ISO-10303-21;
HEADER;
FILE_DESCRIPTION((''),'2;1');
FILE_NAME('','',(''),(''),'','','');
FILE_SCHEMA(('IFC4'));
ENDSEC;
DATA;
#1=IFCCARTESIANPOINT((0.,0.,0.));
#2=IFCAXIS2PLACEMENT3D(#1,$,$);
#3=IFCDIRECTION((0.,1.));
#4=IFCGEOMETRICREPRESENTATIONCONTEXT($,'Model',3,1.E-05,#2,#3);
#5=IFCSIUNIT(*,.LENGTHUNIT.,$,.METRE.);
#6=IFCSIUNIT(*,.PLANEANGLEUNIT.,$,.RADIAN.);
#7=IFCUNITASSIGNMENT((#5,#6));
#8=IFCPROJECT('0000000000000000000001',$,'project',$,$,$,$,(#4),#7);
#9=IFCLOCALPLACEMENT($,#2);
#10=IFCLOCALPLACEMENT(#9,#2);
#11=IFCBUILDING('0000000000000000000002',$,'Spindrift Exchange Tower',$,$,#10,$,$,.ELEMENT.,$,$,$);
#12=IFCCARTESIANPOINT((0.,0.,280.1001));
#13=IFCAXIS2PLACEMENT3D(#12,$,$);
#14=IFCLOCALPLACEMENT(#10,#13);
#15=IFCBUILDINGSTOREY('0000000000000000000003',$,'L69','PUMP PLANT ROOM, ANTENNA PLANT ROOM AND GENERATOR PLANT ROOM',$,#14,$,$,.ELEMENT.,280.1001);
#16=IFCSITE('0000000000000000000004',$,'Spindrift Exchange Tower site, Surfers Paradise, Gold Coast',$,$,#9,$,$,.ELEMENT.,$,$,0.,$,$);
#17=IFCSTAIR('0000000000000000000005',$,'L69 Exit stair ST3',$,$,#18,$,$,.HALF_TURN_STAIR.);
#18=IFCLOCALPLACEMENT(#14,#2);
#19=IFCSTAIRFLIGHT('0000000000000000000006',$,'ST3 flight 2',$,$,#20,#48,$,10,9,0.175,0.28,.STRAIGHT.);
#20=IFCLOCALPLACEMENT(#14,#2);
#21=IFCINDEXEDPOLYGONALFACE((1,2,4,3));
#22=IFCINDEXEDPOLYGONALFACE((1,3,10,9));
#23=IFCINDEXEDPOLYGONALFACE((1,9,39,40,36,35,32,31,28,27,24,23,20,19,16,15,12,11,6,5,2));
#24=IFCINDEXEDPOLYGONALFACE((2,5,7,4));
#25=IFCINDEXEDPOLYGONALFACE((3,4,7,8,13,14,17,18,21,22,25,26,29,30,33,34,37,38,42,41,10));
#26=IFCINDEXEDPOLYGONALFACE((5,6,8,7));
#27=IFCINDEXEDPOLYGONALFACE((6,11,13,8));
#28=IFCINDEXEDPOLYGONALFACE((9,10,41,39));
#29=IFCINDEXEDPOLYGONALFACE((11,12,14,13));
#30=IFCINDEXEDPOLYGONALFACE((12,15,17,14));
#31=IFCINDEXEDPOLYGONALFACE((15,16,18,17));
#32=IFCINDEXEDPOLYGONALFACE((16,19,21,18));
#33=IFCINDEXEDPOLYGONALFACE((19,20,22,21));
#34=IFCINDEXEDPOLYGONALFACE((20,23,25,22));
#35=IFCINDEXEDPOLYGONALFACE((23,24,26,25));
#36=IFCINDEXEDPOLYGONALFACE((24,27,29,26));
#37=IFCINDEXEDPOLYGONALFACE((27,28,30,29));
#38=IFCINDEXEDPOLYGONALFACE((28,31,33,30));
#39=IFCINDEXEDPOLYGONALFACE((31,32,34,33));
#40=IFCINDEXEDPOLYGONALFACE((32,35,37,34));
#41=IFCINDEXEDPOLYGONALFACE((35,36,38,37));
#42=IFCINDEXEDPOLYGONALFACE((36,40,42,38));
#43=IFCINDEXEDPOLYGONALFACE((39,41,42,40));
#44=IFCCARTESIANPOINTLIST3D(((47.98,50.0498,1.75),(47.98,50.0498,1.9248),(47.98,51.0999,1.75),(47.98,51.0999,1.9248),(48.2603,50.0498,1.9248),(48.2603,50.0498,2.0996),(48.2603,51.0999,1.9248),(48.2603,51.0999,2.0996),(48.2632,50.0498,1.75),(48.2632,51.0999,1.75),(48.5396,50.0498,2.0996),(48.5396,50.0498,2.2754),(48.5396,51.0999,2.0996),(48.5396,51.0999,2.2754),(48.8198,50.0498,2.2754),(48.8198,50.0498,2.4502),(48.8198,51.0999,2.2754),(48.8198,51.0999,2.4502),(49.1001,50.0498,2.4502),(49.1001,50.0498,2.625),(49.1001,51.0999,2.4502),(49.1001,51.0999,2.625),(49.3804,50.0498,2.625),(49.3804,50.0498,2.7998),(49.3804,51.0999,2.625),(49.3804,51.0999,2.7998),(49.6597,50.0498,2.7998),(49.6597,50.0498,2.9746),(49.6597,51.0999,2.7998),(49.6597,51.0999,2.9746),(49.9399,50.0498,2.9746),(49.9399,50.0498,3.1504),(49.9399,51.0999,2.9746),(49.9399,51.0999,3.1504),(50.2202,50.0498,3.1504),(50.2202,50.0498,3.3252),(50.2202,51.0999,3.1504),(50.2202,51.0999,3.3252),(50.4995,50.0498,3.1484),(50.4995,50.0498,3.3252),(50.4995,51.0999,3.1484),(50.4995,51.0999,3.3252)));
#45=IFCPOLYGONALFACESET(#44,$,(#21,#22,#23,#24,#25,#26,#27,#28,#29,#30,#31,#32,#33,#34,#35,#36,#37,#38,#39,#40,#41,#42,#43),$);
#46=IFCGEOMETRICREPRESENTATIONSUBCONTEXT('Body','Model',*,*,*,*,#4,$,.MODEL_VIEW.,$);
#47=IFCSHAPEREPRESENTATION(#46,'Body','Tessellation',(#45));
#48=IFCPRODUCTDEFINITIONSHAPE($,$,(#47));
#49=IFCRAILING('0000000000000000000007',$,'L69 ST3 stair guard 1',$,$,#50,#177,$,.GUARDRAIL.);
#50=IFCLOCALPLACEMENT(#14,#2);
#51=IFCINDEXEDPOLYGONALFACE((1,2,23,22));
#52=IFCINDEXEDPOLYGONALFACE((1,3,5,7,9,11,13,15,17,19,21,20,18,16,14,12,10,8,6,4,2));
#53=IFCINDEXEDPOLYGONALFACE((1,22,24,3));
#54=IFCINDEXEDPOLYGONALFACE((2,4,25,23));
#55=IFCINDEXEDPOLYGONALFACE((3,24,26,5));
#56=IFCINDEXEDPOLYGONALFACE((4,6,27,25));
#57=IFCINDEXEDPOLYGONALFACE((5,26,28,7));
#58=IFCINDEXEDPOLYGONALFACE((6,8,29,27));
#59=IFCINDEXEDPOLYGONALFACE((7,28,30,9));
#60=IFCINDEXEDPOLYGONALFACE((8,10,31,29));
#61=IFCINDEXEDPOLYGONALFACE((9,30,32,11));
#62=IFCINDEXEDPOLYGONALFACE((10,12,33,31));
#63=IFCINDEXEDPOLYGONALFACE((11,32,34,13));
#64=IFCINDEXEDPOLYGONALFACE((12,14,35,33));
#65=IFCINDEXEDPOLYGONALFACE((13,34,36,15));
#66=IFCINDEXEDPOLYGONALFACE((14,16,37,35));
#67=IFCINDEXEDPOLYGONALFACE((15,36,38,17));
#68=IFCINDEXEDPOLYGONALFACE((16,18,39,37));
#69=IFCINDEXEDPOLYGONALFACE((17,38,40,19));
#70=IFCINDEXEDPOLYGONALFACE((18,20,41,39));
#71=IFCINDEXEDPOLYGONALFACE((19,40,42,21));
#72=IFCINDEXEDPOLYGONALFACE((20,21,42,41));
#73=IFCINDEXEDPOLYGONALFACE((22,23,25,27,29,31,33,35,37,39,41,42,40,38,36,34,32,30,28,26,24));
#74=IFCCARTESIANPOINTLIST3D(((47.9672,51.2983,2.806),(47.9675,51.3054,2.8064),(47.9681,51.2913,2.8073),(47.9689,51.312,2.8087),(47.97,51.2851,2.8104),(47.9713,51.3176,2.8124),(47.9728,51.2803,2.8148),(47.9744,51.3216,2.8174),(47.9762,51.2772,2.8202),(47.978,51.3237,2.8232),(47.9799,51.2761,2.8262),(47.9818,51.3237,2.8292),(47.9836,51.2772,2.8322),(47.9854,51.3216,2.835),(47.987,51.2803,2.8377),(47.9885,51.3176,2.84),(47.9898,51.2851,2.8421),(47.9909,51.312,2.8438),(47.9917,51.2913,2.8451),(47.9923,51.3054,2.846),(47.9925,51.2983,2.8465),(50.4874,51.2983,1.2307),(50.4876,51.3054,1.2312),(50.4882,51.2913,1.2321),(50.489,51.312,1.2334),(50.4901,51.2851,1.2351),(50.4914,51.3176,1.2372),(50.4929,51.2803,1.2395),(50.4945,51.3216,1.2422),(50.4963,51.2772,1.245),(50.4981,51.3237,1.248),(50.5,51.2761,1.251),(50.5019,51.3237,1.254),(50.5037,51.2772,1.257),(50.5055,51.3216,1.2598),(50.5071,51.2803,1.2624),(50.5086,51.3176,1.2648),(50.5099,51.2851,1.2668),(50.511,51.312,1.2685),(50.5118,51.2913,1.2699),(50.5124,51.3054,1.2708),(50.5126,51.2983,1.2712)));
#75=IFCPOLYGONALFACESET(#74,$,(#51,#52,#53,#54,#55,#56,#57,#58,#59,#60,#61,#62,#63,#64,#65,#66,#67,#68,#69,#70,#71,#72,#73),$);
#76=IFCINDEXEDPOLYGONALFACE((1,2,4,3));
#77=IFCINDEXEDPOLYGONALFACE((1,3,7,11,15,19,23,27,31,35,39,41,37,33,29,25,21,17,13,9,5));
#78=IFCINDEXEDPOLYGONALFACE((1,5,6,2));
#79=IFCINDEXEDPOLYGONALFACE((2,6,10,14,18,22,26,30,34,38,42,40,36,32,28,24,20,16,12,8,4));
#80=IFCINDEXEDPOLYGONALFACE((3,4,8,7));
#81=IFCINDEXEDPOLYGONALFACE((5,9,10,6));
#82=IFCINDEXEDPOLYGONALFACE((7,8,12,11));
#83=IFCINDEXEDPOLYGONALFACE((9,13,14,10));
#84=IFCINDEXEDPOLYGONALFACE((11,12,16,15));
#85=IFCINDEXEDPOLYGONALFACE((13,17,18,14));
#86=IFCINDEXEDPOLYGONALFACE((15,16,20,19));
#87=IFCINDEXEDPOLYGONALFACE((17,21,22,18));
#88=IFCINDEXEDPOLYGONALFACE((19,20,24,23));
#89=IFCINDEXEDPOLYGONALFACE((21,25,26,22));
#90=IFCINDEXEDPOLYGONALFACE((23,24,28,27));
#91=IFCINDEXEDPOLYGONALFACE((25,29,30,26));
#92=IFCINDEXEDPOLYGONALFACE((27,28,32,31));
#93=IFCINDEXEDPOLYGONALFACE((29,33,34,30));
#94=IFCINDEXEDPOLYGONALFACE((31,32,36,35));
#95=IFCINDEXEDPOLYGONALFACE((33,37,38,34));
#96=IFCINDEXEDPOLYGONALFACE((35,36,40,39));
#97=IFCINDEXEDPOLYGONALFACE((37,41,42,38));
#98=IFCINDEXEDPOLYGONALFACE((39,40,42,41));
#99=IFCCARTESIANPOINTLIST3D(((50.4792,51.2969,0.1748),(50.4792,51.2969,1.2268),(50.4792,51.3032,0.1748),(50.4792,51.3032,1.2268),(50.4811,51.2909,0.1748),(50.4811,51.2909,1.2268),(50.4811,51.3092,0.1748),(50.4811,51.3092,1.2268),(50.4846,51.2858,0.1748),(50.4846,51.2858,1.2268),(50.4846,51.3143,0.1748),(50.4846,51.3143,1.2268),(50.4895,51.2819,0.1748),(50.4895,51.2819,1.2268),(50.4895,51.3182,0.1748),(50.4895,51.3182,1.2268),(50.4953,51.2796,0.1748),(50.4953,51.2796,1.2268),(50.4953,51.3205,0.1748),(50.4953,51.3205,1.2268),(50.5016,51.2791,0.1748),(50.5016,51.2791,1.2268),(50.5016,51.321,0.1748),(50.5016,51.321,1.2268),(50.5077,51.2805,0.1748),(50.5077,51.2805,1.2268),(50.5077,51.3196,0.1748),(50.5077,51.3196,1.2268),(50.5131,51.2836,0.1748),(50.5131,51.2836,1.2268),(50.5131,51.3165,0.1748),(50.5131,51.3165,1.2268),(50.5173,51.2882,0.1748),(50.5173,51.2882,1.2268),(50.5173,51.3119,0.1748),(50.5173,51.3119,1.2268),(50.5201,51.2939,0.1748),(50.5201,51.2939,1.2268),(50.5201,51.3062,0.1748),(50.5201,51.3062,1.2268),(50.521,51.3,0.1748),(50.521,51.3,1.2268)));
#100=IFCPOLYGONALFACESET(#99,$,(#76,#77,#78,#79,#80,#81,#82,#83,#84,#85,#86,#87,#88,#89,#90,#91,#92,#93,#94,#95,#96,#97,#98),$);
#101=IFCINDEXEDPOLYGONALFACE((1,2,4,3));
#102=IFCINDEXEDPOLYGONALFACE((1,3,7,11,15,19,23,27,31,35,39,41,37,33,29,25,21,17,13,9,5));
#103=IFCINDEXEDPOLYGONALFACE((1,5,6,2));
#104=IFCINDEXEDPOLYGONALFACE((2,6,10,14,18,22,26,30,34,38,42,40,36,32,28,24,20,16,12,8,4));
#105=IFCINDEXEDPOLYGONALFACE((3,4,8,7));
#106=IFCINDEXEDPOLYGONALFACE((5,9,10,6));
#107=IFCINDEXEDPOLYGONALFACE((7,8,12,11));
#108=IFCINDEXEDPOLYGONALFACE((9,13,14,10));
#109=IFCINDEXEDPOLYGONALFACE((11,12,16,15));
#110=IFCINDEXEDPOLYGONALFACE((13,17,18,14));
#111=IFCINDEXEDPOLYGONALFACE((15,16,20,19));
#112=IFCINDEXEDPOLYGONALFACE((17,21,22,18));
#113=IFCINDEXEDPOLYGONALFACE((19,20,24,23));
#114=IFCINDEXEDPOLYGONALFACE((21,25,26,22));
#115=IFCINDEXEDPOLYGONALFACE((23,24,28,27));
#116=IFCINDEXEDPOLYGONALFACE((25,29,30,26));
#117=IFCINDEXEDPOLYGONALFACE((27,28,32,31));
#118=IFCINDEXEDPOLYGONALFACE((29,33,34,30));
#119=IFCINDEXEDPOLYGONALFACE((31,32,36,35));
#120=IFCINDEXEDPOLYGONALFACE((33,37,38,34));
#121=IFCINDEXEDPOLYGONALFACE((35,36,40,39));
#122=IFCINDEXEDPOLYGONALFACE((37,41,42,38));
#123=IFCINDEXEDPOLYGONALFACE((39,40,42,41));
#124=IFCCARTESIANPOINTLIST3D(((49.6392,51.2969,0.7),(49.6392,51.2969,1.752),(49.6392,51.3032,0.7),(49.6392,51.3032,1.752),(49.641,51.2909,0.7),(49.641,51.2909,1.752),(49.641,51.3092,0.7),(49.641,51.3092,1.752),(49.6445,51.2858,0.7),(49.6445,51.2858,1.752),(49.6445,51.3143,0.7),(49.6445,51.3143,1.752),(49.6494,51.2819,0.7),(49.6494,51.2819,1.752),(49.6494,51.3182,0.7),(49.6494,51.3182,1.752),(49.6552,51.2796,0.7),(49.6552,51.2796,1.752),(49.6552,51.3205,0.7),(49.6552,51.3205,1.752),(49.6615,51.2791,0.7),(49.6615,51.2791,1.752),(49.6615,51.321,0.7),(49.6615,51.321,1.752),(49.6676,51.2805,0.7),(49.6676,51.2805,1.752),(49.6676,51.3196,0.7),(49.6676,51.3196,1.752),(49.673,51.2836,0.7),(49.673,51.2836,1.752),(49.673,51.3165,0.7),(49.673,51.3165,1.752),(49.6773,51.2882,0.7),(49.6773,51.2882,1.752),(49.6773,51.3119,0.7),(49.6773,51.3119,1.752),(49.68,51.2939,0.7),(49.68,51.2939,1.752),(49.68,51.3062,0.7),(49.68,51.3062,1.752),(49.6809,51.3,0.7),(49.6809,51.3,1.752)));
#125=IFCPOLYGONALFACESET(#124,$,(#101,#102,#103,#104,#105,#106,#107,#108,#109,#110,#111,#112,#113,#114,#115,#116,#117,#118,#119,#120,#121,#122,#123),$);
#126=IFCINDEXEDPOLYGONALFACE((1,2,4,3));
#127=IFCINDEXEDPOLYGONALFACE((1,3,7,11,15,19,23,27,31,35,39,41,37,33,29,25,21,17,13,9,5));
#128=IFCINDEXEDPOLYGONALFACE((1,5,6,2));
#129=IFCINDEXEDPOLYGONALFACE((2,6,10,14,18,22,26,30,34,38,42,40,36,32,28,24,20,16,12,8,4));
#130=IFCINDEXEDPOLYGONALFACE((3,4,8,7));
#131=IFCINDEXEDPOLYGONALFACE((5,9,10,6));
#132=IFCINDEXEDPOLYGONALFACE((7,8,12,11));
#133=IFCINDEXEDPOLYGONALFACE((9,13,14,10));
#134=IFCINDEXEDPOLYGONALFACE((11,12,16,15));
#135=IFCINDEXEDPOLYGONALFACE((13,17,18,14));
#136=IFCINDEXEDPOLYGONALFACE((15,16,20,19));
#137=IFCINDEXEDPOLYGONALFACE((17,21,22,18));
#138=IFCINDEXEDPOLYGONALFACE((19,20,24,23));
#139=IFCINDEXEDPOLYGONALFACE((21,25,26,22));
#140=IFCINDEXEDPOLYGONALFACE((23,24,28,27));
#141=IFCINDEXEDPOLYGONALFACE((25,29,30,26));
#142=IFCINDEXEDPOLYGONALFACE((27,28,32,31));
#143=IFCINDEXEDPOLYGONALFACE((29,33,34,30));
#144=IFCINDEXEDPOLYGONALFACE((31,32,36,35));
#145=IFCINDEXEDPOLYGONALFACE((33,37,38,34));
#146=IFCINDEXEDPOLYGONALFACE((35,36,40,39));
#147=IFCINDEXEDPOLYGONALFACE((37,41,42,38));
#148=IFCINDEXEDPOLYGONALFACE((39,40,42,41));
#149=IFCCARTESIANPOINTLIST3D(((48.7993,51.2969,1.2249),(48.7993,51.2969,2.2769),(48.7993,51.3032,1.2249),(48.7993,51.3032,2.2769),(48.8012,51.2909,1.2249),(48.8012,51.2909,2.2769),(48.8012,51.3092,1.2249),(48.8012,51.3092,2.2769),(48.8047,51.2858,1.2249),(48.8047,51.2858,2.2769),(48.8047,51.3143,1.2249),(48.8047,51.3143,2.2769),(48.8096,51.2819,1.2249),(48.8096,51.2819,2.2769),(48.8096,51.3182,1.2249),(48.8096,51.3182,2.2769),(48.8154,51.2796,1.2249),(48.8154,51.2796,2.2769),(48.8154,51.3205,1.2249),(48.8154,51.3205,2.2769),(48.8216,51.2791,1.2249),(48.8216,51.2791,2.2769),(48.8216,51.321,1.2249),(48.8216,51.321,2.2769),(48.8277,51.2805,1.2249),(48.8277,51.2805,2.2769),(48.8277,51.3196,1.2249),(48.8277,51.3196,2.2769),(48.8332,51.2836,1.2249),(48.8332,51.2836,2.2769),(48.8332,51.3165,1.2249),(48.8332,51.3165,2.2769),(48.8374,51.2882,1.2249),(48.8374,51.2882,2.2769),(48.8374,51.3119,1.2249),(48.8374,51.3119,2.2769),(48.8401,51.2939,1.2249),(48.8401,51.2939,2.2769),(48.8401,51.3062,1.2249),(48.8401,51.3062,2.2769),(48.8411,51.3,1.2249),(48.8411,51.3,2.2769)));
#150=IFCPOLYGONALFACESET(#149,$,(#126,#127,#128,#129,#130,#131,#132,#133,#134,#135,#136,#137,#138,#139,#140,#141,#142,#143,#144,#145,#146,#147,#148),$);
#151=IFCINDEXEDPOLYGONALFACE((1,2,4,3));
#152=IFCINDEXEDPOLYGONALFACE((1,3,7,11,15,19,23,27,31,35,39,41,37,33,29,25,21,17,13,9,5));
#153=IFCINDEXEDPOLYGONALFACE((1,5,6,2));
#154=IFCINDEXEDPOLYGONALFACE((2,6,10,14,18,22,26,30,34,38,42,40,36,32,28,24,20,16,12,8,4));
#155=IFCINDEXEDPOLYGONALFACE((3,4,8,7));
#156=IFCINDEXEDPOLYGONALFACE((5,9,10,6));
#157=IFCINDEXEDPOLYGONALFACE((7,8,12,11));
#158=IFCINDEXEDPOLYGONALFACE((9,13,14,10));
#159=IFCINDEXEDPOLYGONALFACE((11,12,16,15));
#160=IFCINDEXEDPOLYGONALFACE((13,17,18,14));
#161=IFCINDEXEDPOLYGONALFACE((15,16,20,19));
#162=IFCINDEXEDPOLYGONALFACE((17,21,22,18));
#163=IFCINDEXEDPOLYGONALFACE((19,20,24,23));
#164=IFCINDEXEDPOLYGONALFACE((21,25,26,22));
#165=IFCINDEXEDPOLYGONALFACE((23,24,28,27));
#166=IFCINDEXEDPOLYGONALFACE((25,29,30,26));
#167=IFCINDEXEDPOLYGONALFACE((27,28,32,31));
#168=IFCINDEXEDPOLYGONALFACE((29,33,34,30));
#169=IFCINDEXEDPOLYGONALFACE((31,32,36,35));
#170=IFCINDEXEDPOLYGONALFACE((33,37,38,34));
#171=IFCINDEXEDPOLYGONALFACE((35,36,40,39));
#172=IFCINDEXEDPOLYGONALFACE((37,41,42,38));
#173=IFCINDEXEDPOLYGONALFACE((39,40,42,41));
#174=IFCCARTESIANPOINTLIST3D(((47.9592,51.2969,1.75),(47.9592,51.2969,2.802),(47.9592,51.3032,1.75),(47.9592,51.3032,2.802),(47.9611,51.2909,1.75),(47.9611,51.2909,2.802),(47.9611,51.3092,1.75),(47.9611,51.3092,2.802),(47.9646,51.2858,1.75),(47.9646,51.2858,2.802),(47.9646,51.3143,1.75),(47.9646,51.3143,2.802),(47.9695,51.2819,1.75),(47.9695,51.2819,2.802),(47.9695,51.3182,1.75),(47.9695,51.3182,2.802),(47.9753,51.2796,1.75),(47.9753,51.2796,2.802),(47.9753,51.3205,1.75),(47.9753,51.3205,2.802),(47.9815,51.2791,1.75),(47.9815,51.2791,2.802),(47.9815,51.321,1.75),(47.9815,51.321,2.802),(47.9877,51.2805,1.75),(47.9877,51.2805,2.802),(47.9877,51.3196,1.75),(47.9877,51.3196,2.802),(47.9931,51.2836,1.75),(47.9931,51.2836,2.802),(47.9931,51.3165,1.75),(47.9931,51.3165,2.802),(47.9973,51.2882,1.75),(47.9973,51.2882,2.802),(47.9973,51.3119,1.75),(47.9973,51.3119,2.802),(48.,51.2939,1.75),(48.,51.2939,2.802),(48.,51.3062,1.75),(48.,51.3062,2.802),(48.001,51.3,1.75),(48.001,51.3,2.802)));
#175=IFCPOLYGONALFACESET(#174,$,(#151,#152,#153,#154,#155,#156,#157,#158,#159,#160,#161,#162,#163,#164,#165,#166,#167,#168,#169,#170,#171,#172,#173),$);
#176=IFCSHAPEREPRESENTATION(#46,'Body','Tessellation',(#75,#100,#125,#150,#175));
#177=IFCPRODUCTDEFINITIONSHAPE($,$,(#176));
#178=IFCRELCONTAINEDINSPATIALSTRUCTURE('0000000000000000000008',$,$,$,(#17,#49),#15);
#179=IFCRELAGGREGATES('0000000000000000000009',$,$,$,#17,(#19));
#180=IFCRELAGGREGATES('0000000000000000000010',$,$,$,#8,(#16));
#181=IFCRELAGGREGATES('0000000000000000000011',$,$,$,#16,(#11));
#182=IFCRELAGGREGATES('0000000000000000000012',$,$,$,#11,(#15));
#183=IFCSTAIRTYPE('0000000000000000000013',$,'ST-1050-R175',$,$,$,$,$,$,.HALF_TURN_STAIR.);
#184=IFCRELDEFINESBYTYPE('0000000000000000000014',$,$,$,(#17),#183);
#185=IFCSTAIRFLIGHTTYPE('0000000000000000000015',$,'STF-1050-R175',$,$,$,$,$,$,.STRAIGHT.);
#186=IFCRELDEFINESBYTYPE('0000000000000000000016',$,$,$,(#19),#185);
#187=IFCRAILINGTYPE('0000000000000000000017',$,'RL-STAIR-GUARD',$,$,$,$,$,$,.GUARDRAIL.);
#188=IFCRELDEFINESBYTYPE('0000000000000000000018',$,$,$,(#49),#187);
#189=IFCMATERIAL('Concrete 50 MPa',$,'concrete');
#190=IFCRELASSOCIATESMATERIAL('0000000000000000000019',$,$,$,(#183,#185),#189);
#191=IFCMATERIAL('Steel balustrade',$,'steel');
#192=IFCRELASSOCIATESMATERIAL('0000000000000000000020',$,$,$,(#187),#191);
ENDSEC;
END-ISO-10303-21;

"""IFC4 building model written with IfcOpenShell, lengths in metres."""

from ifc_helpers import new_model, si_unit, direction, frame, origin, origin_2d, place, context, subcontext, project, spatial, line, indexed_curve, circle, outline, extrude, material, type_object, element, aggregate, save


model = new_model("IFC4")

# Units and contexts
model_context = context("Model", 3, precision=1e-05, world=origin(), true_north=direction((0.0, 1.0)))
body_context = subcontext(model_context, "Body", "Model", "MODEL_VIEW")
ifc_project = project(units=[si_unit("LENGTHUNIT", "METRE"), si_unit("PLANEANGLEUNIT", "RADIAN")], contexts=[model_context])

# Site, building, storey
site_placement = place(None, origin())
site = spatial("IfcSite", under=ifc_project, at=site_placement, Name="Spindrift Exchange Tower site, Surfers Paradise, Gold Coast", CompositionType="ELEMENT", RefElevation=0.0)
building_placement = place(site_placement, origin())
building = spatial("IfcBuilding", under=site, at=building_placement, Name="Spindrift Exchange Tower", CompositionType="ELEMENT")
storey_placement = place(building_placement, frame((0.0, 0.0, 280.1001)))
storey = spatial("IfcBuildingStorey", under=building, at=storey_placement, Name="L69", Description="PUMP PLANT ROOM, ANTENNA PLANT ROOM AND GENERATOR PLANT ROOM", CompositionType="ELEMENT", Elevation=280.1001)

# Stair, stair flight
ifc_material_1 = material(Name="Concrete 50 MPa", Category="concrete")
stair_type = type_object("IfcStairType", Name="ST-1050-R175", PredefinedType="HALF_TURN_STAIR", material=ifc_material_1)
stair_placement = place(storey_placement, origin())
stair = element("IfcStair", 1, at=stair_placement, inside=storey, type_object=stair_type, Name="L69 Exit stair ST3", PredefinedType="HALF_TURN_STAIR")
stair_flight_type = type_object("IfcStairFlightType", Name="STF-1050-R175", PredefinedType="STRAIGHT", material=ifc_material_1)
stair_flight_1_placement = place(storey_placement, frame((47.98, 50.575, 1.75), z_axis=(0.0, 0.0, 1.0), x_axis=(1.0, 0.0, 0.0)))
stair_flight_1 = element("IfcStairFlight", 2, at=stair_flight_1_placement, type_object=stair_flight_type, Name="ST3 flight 2", NumberOfRisers=10, NumberOfTreads=9, PredefinedType="STRAIGHT", RiserHeight=0.175, TreadLength=0.28, context=body_context, shape_type="SweptSolid", body=[
    extrude(outline(indexed_curve([(0.0, 0.0), (0.0, 0.1748), (0.2803, 0.1748), (0.2803, 0.3496), (0.5596, 0.3496), (0.5596, 0.5254), (0.8398, 0.5254), (0.8398, 0.7002), (1.1201, 0.7002), (1.1201, 0.875), (1.4004, 0.875), (1.4004, 1.0498), (1.6797, 1.0498), (1.6797, 1.2246), (1.96, 1.2246), (1.96, 1.4004), (2.2402, 1.4004), (2.2402, 1.5752), (2.5195, 1.5752), (2.5195, 1.75), (2.5195, 1.3984), (0.2832, 0.0)], segments=[line(1, 2, 3, 4, 5, 6, 7, 8, 9, 10, 11, 12, 13, 14, 15, 16, 17, 18, 19, 20, 21, 22, 1)], self_intersect=False)), frame((0.0, 0.5249, 0.0), z_axis=(0.0, -1.0, 0.0), x_axis=(1.0, 0.0, 0.0)), (0.0, 0.0, 1.0), 1.05),
])
aggregate(stair, [stair_flight_1])

# Railing
ifc_material_2 = material(Name="Steel balustrade", Category="steel")
railing_type_1 = type_object("IfcRailingType", Name="RL-STAIR-GUARD", PredefinedType="GUARDRAIL", material=ifc_material_2)
railing_1_placement = place(storey_placement, frame((50.5, 51.3, 0.1748)))
element("IfcRailing", 3, at=railing_1_placement, inside=storey, type_object=railing_type_1, Name="L69 ST3 stair guard 1", PredefinedType="GUARDRAIL", context=body_context, shape_type="SweptSolid", body=[
    extrude(circle(Radius=0.0239, at=origin_2d()), frame((0.0, 0.0, 1.0762), z_axis=(-0.847971, 0.0, 0.530043), x_axis=(0.0, -1.0, 0.0)), (0.0, 0.0, 1.0), 2.9719),
    extrude(circle(Radius=0.021, at=origin_2d()), origin(), (0.0, 0.0, 1.0), 1.052),
    extrude(circle(Radius=0.021, at=origin_2d()), frame((-0.8401, 0.0, 0.5251)), (0.0, 0.0, 1.0), 1.052),
    extrude(circle(Radius=0.021, at=origin_2d()), frame((-1.6799, 0.0, 1.05)), (0.0, 0.0, 1.0), 1.052),
    extrude(circle(Radius=0.021, at=origin_2d()), frame((-2.52, 0.0, 1.5752)), (0.0, 0.0, 1.0), 1.052),
])

save(model, "model.ifc")
